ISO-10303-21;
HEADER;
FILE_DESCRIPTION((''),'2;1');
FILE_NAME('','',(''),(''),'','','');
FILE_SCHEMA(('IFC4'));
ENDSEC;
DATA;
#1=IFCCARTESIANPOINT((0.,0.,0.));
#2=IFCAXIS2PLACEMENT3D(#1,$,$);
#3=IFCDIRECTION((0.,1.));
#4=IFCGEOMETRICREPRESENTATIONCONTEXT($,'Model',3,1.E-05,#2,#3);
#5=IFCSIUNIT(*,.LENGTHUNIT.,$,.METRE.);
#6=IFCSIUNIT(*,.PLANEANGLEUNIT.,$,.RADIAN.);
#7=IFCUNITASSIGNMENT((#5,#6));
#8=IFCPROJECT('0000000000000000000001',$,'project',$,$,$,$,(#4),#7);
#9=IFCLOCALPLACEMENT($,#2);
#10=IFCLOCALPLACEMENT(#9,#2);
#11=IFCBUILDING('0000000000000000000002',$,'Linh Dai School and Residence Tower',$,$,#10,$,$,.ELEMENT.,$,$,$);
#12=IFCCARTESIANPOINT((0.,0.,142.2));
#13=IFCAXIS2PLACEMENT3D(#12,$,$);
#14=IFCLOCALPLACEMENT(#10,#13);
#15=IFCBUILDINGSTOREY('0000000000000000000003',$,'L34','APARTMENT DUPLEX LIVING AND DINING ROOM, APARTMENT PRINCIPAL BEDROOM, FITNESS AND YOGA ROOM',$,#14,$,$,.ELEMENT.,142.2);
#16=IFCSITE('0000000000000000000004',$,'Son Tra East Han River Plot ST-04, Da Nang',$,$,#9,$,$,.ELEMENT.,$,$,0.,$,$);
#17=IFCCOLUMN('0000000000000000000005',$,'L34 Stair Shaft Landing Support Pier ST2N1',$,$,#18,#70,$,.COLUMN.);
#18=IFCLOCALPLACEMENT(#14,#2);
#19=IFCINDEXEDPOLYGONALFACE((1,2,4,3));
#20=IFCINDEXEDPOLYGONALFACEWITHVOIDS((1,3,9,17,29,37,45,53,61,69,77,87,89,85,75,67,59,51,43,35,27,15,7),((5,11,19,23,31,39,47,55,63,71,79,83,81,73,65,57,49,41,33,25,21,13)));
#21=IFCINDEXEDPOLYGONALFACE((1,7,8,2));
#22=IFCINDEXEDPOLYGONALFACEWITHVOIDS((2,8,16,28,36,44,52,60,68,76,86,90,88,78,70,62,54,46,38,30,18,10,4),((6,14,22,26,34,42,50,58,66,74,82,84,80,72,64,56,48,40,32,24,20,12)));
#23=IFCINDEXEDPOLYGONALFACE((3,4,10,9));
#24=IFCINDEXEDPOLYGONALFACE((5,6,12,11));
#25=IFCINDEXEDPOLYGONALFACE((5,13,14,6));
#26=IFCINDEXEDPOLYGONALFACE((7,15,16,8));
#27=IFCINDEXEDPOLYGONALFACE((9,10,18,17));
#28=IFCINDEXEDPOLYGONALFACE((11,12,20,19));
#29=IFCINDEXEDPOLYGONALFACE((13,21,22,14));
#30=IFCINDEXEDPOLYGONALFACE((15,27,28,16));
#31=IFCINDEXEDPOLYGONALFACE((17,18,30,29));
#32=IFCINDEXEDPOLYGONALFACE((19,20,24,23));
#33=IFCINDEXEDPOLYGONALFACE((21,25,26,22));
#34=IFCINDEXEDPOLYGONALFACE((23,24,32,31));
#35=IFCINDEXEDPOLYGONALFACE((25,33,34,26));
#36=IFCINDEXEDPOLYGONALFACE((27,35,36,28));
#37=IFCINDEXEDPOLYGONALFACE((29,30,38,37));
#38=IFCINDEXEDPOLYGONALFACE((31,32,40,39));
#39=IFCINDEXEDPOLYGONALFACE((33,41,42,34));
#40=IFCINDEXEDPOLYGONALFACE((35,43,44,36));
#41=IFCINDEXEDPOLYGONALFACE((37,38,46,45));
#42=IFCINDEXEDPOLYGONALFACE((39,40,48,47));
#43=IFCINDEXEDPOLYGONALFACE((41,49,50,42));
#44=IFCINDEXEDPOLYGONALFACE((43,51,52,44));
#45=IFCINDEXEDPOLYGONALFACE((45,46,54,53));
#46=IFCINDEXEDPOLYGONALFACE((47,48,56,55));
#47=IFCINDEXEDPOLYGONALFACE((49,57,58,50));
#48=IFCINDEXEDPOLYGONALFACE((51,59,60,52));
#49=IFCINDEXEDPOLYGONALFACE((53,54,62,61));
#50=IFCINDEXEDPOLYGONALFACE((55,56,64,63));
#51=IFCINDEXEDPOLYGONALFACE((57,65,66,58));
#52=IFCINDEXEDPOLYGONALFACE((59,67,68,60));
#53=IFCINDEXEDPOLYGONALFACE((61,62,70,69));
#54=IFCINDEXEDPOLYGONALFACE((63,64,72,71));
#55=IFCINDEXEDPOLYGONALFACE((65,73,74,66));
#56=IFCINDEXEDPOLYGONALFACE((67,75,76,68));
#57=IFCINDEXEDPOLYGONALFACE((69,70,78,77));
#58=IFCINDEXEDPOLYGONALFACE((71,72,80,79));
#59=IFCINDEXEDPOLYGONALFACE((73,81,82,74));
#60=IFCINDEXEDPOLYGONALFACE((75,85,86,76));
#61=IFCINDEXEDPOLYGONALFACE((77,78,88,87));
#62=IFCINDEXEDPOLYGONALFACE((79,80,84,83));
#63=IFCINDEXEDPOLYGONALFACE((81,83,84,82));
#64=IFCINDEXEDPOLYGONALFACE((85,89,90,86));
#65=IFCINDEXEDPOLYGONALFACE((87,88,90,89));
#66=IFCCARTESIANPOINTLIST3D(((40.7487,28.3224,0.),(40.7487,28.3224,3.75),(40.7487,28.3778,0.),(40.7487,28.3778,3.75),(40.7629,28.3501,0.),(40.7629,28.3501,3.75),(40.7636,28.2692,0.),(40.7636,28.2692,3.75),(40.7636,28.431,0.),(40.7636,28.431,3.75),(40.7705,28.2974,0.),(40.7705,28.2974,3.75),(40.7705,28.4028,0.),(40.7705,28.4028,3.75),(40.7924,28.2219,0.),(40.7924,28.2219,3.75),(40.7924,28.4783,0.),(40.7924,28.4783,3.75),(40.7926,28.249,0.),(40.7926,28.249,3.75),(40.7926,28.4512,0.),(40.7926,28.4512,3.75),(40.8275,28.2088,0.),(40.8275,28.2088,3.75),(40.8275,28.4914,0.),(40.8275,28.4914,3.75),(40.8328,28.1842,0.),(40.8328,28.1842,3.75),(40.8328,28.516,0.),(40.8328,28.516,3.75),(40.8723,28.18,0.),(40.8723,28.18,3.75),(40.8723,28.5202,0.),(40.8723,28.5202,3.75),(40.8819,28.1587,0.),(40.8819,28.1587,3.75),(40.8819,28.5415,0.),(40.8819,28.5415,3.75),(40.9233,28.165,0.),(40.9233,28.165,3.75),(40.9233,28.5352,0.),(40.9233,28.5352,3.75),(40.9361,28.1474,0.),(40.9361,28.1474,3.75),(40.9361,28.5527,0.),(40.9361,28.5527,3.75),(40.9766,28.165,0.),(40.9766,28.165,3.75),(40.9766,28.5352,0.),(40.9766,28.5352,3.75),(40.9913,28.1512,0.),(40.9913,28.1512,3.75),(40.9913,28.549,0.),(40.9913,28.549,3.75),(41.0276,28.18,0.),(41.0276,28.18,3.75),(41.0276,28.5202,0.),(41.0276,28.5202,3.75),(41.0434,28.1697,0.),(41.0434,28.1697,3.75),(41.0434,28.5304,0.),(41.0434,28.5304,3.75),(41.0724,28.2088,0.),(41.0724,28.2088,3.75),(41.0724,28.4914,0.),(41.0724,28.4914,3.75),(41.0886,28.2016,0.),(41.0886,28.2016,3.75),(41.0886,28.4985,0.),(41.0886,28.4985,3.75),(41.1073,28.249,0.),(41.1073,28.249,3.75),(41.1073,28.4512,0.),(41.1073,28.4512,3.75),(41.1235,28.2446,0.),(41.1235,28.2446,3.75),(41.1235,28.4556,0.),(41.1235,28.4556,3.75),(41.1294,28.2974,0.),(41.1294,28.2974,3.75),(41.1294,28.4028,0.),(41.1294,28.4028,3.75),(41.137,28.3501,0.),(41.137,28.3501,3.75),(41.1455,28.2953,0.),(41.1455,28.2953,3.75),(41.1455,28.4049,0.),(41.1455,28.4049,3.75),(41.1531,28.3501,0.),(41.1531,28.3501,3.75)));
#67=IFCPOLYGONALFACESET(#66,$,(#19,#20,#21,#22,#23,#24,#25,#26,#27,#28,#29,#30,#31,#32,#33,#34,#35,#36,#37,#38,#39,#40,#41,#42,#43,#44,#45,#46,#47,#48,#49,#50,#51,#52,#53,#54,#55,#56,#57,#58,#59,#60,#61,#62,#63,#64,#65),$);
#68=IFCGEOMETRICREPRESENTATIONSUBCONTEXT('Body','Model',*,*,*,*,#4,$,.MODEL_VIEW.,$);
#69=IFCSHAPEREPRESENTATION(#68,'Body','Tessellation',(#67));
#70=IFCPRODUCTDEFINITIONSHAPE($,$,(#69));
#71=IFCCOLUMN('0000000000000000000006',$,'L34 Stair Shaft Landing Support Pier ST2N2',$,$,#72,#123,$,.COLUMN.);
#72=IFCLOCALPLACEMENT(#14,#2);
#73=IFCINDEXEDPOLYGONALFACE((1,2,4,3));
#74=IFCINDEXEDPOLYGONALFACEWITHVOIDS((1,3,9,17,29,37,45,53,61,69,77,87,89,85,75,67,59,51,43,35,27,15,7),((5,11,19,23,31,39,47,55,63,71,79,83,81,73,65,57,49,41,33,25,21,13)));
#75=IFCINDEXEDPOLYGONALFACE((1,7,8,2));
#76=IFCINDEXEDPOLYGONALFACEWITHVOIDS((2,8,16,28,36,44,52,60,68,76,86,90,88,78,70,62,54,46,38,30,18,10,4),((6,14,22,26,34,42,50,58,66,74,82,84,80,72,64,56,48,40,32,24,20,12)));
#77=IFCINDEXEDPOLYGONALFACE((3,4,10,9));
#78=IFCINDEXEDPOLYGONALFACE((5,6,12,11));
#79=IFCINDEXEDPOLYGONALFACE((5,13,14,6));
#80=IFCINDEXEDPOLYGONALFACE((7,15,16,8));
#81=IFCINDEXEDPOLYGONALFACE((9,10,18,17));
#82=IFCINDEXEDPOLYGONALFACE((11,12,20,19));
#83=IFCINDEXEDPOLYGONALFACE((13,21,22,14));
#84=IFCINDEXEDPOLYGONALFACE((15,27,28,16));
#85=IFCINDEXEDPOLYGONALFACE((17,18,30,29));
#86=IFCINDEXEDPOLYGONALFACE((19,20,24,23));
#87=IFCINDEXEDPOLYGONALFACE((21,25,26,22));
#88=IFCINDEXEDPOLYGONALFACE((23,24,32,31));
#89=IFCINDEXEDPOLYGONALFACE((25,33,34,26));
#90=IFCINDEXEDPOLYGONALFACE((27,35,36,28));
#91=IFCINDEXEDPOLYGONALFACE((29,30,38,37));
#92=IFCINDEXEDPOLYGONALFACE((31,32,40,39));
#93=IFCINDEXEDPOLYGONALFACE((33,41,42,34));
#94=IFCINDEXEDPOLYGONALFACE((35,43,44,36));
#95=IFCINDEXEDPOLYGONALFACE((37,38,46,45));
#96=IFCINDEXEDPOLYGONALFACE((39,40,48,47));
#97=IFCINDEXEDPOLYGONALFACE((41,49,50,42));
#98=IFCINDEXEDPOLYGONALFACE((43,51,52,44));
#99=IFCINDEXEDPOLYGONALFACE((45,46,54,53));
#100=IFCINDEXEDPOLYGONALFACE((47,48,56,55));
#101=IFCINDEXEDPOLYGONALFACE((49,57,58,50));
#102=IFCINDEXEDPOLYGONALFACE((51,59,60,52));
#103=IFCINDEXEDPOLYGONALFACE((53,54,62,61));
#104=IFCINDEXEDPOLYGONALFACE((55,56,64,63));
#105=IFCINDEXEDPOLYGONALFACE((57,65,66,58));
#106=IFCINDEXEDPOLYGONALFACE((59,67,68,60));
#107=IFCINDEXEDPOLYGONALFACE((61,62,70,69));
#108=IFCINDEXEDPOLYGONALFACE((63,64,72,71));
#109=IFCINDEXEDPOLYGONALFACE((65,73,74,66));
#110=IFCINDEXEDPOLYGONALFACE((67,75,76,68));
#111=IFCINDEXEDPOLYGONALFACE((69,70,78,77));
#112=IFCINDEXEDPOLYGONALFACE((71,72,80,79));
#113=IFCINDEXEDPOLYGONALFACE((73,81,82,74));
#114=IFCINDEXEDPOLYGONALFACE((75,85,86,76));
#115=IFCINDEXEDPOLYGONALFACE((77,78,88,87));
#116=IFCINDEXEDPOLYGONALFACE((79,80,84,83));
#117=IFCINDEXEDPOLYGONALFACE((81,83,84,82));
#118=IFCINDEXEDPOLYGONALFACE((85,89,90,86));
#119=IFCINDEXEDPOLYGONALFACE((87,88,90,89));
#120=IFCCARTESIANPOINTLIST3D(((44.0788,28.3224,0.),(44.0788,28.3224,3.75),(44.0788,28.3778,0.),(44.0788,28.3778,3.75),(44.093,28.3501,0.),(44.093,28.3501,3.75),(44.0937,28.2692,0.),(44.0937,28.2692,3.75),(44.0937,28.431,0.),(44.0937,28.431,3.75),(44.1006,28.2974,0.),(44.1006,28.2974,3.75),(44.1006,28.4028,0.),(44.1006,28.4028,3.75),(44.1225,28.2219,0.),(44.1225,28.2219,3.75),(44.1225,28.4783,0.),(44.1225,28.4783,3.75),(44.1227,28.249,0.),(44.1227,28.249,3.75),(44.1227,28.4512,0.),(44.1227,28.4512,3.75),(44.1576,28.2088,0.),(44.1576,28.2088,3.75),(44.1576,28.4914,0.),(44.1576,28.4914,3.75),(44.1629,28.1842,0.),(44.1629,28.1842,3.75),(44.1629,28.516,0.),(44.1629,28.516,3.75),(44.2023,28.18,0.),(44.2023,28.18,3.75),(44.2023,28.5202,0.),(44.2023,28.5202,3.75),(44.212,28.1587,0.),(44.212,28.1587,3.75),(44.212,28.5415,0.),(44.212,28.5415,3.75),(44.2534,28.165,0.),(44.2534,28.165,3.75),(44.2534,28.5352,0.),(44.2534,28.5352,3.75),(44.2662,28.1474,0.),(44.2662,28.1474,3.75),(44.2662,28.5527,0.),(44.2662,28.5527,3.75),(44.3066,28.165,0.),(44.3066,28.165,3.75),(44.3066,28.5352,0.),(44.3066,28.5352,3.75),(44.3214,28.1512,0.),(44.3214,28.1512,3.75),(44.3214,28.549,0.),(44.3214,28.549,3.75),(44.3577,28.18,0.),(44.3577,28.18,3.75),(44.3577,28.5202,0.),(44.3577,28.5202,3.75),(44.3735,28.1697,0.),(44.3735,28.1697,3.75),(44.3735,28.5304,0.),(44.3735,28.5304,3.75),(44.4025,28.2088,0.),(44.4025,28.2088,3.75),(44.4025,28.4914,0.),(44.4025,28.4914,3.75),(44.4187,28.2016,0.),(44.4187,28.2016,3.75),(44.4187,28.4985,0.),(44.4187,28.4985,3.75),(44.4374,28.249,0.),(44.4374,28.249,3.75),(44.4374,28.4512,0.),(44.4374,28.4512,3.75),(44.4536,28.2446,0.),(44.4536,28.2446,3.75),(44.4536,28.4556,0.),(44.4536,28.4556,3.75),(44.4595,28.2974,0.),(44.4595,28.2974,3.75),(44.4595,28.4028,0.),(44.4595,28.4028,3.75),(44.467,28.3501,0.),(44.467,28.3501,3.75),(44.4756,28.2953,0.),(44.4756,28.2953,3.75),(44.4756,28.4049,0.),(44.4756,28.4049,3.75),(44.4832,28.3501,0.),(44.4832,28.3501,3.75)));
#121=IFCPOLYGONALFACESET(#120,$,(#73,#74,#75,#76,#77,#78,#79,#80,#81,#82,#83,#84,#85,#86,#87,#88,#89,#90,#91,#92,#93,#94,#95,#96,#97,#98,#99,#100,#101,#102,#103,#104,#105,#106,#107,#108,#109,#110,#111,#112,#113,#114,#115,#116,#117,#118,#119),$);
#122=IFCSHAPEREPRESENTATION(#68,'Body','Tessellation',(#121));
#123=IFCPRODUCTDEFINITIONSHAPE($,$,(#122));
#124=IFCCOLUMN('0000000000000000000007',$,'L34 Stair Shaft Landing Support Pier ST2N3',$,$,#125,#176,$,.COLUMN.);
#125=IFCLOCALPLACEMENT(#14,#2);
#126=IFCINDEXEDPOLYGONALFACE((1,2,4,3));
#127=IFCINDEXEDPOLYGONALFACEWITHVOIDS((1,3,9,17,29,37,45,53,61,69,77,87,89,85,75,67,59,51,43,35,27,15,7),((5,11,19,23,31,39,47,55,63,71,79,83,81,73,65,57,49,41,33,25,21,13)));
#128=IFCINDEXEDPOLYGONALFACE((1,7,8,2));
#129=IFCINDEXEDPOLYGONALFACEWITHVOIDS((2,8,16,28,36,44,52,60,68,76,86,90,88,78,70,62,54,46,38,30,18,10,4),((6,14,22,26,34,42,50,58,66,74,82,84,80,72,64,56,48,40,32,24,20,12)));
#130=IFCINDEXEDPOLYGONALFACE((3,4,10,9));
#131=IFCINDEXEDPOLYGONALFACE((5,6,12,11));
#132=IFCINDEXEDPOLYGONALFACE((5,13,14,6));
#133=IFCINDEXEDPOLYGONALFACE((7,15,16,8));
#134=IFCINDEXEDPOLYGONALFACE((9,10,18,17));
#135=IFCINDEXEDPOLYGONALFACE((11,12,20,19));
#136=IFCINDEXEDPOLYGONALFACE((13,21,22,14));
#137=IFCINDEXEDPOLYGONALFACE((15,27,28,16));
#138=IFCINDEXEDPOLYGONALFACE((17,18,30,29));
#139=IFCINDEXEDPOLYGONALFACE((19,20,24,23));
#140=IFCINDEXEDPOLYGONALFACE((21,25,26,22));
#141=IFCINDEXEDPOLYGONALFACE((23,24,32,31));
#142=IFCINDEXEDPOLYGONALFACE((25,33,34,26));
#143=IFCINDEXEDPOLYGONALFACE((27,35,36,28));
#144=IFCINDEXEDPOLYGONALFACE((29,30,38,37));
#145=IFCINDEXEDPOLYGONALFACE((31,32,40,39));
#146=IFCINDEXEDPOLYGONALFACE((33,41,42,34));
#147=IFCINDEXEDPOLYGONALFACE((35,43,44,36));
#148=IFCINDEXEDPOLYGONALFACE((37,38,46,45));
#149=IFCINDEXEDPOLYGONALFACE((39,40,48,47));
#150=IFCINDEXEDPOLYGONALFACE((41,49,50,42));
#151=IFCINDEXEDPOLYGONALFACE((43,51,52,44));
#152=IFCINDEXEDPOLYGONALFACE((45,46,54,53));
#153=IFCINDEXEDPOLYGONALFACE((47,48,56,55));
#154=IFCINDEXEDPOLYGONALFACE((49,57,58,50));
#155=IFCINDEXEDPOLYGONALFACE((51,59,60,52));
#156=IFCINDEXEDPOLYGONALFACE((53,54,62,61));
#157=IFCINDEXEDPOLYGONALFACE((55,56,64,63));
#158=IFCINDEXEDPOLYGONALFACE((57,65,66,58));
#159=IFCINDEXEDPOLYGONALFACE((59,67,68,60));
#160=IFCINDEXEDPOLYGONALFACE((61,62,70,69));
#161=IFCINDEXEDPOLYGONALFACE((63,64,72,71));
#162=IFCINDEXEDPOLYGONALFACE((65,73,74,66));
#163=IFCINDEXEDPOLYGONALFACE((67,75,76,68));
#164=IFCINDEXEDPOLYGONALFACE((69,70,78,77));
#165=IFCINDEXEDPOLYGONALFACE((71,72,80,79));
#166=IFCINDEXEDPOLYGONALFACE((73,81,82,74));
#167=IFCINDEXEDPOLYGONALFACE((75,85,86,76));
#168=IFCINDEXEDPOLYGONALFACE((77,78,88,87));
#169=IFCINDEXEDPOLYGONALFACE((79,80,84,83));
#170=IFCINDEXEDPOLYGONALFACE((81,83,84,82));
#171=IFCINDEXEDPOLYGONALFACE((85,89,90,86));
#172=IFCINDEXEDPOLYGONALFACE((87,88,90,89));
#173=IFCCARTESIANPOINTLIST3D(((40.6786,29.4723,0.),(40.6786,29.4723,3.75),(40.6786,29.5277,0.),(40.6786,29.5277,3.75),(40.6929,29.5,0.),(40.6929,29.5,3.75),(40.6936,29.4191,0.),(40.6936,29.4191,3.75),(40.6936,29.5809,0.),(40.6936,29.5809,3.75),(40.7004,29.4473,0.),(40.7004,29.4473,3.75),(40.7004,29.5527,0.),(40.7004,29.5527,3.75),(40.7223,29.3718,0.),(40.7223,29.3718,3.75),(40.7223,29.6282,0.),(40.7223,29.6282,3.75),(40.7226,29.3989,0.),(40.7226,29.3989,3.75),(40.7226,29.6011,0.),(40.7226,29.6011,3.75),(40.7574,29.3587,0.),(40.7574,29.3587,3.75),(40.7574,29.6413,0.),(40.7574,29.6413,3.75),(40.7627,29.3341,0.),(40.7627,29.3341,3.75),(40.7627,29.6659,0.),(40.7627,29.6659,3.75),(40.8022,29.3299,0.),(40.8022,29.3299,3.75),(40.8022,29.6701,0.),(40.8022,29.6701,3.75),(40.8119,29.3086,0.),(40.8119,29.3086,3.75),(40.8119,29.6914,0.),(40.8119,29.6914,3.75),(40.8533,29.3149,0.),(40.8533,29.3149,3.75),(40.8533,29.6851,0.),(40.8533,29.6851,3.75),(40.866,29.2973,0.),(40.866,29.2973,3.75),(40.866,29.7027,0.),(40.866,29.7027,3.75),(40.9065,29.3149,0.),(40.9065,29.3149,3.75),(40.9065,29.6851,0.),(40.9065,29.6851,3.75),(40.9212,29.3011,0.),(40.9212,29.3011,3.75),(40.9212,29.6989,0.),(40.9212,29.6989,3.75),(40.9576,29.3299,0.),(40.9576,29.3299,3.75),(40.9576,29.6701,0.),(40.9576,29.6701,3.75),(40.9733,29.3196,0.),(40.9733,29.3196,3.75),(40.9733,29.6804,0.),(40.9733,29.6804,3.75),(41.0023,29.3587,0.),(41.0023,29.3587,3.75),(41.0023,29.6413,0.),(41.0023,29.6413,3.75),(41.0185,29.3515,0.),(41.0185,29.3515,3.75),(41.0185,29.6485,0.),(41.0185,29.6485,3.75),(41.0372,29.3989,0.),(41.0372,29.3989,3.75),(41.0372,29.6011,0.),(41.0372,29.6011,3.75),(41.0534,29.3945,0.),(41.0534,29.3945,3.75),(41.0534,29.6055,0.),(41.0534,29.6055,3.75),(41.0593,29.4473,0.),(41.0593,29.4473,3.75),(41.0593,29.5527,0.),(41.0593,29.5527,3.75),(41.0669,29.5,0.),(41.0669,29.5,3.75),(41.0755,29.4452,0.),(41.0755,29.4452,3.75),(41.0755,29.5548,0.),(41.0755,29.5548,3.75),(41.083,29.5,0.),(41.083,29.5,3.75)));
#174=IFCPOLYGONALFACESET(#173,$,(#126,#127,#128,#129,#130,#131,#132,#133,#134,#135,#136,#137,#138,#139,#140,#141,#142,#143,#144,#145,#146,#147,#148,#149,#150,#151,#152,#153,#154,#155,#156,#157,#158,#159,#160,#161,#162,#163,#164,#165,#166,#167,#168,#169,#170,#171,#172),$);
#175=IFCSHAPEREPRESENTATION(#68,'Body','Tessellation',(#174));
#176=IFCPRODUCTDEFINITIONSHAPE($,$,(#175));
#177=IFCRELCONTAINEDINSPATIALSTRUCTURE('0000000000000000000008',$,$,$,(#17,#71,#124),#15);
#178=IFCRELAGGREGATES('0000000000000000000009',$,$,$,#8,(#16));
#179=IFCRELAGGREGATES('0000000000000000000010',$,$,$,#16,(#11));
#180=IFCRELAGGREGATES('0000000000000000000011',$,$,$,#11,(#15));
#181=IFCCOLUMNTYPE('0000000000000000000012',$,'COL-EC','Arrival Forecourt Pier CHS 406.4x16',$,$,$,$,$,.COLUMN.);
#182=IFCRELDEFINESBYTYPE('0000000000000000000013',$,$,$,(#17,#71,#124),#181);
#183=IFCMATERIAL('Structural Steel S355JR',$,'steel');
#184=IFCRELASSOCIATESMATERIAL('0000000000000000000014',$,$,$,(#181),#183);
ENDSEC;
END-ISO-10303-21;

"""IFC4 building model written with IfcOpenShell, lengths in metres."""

from ifc_helpers import new_model, si_unit, direction, frame, origin, origin_2d, place, context, subcontext, project, spatial, hollow_circle, extrude, material, material_profile, profile_set, type_object, element, save


model = new_model("IFC4")

# Units and contexts
model_context = context("Model", 3, precision=1e-05, world=origin(), true_north=direction((0.0, 1.0)))
body_context = subcontext(model_context, "Body", "Model", "MODEL_VIEW")
ifc_project = project(units=[si_unit("LENGTHUNIT", "METRE"), si_unit("PLANEANGLEUNIT", "RADIAN")], contexts=[model_context])

# Site, building, storey
site_placement = place(None, origin())
site = spatial("IfcSite", under=ifc_project, at=site_placement, Name="Son Tra East Han River Plot ST-04, Da Nang", CompositionType="ELEMENT", RefElevation=0.0)
building_placement = place(site_placement, origin())
building = spatial("IfcBuilding", under=site, at=building_placement, Name="Linh Dai School and Residence Tower", CompositionType="ELEMENT")
storey_placement = place(building_placement, frame((0.0, 0.0, 142.2)))
storey = spatial("IfcBuildingStorey", under=building, at=storey_placement, Name="L34", Description="APARTMENT DUPLEX LIVING AND DINING ROOM, APARTMENT PRINCIPAL BEDROOM, FITNESS AND YOGA ROOM", CompositionType="ELEMENT", Elevation=142.2)

# Columns
ifc_material_1 = material(Name="Structural Steel S355JR", Category="steel")
ifc_material_profile_1 = material_profile(ifc_material_1, hollow_circle(Radius=0.2031, WallThickness=0.0161, at=origin_2d()), Name="CHS 406.4x16")
ifc_profile_set_1 = profile_set([ifc_material_profile_1], Name="Structural Steel S355JR")
column_type_1 = type_object("IfcColumnType", Name="COL-EC", Description="Arrival Forecourt Pier CHS 406.4x16", PredefinedType="COLUMN", material=ifc_profile_set_1)
for number, where, z_axis, x_axis, name in (
    (1, (40.95, 28.3501, 0.0), (0.0, 0.0, 1.0), (1.0, 0.0, 0.0), "L34 Stair Shaft Landing Support Pier ST2N1"),
    (2, (44.28, 28.3501, 0.0), (0.0, 0.0, 1.0), (1.0, 0.0, 0.0), "L34 Stair Shaft Landing Support Pier ST2N2"),
    (3, (40.8799, 29.5, 0.0), (0.0, 0.0, 1.0), (1.0, 0.0, 0.0), "L34 Stair Shaft Landing Support Pier ST2N3"),
):
    element("IfcColumn", number, at=place(storey_placement, frame(where, z_axis=z_axis, x_axis=x_axis)), inside=storey, type_object=column_type_1, Name=name, PredefinedType="COLUMN", context=body_context, shape_type="SweptSolid", body=[
        extrude(hollow_circle(Radius=0.2031, WallThickness=0.0161, at=origin_2d()), origin(), (0.0, 0.0, 1.0), 3.75),
    ])

save(model, "model.ifc")
